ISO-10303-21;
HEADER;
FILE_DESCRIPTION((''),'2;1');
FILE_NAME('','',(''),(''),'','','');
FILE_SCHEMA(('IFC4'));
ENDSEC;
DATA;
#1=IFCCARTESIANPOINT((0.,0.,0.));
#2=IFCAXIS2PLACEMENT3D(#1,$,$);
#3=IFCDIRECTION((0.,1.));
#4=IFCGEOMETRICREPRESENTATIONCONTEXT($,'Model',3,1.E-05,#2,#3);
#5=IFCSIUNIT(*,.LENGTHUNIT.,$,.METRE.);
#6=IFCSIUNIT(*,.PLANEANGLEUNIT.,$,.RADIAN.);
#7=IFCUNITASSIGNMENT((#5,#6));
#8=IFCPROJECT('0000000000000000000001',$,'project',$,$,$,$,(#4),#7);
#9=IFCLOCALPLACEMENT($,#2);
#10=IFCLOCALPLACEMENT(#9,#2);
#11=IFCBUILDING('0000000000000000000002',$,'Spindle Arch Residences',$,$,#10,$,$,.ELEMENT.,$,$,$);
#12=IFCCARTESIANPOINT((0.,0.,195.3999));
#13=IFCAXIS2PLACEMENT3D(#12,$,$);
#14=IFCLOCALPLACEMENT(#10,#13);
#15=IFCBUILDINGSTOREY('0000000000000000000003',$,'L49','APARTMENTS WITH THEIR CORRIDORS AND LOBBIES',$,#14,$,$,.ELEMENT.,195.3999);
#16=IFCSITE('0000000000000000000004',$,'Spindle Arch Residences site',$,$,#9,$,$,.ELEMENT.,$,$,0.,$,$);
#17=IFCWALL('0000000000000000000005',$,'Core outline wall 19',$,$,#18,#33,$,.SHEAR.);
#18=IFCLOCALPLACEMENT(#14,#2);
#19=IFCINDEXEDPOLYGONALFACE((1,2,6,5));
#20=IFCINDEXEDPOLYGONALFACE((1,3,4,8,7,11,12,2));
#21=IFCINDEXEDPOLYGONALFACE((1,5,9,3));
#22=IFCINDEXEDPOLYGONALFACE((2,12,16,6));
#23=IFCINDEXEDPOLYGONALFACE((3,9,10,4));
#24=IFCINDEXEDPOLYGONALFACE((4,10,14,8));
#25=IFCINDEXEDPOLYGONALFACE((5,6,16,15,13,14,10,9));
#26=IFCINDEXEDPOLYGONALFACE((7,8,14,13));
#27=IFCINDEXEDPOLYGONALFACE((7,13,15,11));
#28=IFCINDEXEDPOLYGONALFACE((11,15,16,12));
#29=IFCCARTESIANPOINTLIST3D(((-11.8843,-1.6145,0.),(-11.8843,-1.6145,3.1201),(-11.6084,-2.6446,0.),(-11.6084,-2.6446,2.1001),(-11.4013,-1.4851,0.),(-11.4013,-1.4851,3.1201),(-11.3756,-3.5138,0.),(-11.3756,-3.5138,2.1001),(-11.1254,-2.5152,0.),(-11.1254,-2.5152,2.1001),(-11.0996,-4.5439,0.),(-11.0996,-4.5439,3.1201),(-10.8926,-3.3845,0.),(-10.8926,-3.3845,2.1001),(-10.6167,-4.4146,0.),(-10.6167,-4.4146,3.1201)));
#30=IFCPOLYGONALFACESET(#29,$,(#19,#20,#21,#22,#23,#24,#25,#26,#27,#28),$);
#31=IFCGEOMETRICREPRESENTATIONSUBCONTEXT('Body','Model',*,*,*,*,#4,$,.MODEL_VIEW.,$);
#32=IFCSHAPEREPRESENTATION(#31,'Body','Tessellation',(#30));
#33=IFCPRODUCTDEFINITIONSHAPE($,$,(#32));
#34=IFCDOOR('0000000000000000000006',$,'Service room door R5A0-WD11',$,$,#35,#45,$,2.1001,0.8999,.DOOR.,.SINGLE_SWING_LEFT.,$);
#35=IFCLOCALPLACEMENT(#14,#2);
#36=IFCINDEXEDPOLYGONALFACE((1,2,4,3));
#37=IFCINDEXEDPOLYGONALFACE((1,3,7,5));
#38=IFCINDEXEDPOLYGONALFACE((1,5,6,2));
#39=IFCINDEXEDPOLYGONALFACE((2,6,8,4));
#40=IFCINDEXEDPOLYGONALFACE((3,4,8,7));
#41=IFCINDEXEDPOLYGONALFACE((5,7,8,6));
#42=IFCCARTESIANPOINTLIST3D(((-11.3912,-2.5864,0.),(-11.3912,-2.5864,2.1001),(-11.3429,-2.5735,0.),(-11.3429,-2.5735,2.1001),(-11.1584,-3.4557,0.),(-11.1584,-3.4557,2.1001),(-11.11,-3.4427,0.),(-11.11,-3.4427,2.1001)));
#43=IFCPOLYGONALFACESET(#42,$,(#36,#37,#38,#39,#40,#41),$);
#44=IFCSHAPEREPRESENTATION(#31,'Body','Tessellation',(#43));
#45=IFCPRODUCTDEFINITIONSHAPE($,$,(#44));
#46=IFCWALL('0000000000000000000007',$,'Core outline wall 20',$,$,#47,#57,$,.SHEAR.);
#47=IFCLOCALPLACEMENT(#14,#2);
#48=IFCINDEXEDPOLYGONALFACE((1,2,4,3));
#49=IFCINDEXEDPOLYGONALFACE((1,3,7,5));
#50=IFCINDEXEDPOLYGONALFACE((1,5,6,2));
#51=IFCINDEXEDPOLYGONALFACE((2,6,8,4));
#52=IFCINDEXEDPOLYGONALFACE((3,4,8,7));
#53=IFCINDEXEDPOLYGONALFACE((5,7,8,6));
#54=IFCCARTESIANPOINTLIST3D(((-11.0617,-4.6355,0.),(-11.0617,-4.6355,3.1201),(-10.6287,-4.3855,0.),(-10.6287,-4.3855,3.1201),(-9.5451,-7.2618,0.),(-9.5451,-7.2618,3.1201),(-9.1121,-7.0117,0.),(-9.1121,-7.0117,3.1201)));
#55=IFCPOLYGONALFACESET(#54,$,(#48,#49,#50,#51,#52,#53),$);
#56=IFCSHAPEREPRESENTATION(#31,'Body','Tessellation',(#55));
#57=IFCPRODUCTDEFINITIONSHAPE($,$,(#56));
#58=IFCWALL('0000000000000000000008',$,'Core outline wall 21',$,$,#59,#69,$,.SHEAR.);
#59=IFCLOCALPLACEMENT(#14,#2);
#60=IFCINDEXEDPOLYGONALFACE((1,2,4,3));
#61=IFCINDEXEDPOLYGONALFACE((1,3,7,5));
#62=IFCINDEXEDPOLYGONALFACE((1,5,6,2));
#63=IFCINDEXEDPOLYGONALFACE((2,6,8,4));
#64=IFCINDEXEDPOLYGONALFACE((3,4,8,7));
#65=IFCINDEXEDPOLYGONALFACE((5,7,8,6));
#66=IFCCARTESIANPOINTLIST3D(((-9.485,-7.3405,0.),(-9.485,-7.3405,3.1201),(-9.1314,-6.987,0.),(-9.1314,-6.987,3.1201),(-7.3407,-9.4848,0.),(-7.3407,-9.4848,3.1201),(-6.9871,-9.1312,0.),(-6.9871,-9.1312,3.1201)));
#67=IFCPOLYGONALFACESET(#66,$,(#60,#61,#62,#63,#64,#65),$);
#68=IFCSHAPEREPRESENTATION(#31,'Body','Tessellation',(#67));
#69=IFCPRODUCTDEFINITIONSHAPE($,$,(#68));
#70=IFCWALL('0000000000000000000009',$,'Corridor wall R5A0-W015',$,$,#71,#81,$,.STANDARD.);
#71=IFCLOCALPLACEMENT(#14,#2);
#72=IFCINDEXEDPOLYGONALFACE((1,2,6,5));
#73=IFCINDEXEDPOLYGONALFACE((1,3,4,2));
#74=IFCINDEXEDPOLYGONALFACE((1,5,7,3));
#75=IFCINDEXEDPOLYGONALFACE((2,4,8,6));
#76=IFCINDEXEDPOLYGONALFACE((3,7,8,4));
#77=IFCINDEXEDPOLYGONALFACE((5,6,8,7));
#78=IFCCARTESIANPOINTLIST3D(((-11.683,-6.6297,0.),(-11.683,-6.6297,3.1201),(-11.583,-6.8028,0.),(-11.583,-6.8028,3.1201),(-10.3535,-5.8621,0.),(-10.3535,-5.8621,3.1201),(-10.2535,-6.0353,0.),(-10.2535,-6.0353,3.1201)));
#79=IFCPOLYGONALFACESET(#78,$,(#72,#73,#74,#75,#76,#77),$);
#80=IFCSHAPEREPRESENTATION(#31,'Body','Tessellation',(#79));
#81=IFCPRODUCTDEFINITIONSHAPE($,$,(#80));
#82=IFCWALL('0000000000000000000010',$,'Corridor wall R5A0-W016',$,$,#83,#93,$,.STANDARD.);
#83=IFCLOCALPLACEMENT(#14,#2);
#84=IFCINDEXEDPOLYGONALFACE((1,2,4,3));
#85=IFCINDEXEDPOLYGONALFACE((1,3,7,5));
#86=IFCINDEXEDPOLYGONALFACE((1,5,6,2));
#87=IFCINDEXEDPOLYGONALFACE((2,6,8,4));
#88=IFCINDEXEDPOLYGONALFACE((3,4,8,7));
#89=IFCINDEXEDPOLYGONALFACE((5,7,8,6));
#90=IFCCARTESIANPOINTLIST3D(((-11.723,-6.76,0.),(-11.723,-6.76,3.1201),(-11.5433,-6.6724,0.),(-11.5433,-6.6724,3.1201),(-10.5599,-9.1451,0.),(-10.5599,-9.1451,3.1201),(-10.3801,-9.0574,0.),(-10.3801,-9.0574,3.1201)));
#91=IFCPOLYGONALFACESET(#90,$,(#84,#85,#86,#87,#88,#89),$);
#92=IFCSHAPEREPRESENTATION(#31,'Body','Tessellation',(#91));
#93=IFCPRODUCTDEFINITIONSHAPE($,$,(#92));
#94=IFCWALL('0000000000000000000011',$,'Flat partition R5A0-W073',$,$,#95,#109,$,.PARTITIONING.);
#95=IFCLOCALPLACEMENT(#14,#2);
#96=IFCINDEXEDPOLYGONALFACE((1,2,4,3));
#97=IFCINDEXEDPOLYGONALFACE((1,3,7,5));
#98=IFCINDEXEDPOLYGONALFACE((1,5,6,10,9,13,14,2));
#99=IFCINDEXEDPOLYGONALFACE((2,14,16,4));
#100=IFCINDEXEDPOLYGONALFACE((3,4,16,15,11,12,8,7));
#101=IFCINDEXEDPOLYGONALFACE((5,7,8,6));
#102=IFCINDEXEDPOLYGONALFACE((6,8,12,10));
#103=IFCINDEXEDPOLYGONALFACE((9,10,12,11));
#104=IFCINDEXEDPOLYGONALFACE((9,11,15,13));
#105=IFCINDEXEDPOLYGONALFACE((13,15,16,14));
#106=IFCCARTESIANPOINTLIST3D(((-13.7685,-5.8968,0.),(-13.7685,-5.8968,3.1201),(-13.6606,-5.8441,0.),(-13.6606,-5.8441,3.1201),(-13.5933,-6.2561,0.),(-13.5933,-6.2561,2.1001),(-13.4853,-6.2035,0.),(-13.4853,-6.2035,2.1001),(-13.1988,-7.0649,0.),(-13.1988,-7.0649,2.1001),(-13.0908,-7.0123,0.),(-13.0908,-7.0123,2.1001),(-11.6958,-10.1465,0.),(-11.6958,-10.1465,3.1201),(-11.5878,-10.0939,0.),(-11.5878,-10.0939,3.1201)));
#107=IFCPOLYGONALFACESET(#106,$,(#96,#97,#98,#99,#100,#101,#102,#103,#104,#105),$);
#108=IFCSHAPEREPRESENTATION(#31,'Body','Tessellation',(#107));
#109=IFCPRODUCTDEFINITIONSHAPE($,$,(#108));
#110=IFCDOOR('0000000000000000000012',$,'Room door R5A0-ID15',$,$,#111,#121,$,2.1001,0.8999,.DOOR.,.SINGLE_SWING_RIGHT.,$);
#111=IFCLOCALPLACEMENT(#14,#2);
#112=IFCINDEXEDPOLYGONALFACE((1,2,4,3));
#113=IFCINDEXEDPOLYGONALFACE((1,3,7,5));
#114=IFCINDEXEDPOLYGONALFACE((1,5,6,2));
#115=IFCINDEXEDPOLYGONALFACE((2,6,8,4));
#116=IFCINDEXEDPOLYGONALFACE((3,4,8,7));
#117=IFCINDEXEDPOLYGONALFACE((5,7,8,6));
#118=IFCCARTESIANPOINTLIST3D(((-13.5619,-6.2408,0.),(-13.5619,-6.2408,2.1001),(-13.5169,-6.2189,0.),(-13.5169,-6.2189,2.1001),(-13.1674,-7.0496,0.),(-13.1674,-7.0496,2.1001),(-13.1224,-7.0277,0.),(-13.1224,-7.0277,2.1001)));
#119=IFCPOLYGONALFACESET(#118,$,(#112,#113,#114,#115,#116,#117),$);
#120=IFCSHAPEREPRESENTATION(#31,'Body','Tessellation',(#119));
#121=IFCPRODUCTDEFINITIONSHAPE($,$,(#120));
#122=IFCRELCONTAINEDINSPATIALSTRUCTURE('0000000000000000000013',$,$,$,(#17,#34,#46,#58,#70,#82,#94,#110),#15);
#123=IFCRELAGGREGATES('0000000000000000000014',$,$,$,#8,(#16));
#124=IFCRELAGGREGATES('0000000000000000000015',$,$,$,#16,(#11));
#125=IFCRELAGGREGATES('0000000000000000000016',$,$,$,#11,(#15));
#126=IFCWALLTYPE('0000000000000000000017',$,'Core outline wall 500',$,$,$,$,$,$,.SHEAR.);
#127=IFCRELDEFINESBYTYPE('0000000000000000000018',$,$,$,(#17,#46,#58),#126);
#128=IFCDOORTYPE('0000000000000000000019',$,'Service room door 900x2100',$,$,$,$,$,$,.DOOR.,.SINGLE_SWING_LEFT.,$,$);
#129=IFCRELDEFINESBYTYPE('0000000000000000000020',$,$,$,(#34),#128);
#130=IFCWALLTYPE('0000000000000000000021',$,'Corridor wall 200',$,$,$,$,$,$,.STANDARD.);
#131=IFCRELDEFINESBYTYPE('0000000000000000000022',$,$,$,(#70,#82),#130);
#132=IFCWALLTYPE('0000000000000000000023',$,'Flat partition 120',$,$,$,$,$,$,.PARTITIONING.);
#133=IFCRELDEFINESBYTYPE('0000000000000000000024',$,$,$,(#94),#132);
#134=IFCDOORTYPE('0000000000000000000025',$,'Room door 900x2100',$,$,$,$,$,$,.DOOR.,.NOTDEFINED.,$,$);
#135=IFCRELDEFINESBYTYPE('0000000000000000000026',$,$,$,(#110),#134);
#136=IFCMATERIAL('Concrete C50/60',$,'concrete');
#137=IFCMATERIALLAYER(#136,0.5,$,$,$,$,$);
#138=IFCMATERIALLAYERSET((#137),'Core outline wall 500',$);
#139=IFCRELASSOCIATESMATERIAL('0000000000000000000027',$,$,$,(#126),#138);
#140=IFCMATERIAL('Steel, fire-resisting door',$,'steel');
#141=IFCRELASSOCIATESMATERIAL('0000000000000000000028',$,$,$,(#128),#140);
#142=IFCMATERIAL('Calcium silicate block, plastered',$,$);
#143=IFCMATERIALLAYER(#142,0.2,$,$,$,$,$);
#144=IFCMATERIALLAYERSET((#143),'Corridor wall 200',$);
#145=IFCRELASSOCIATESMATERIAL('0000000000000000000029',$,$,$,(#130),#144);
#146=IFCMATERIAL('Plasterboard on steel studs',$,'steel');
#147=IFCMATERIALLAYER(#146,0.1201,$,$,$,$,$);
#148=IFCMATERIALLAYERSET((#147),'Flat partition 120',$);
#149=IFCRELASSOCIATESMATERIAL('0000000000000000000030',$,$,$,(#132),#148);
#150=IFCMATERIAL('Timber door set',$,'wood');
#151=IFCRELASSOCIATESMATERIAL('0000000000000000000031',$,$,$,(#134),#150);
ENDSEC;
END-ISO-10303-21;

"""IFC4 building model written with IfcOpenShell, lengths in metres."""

from ifc_helpers import new_model, si_unit, direction, frame, frame_2d, origin, place, context, subcontext, project, spatial, rectangle, extrude, material, layer, layer_set, type_object, element, fill, save


model = new_model("IFC4")

# Units and contexts
model_context = context("Model", 3, precision=1e-05, world=origin(), true_north=direction((0.0, 1.0)))
body_context = subcontext(model_context, "Body", "Model", "MODEL_VIEW")
ifc_project = project(units=[si_unit("LENGTHUNIT", "METRE"), si_unit("PLANEANGLEUNIT", "RADIAN")], contexts=[model_context])

# Site, building, storey
site_placement = place(None, origin())
site = spatial("IfcSite", under=ifc_project, at=site_placement, Name="Spindle Arch Residences site", CompositionType="ELEMENT", RefElevation=0.0)
building_placement = place(site_placement, origin())
building = spatial("IfcBuilding", under=site, at=building_placement, Name="Spindle Arch Residences", CompositionType="ELEMENT")
storey_placement = place(building_placement, frame((0.0, 0.0, 195.3999)))
storey = spatial("IfcBuildingStorey", under=building, at=storey_placement, Name="L49", Description="APARTMENTS WITH THEIR CORRIDORS AND LOBBIES", CompositionType="ELEMENT", Elevation=195.3999)

# Wall, opening, door
ifc_material_1 = material(Name="Concrete C50/60", Category="concrete")
ifc_layer_1 = layer(ifc_material_1, 0.5)
ifc_layer_set_1 = layer_set([ifc_layer_1], Name="Core outline wall 500")
wall_type_1 = type_object("IfcWallType", Name="Core outline wall 500", PredefinedType="SHEAR", material=ifc_layer_set_1)
wall_1_placement = place(storey_placement, frame((-11.6428, -1.5498, 0.0), z_axis=(0.0, 0.0, 1.0), x_axis=(0.258735, -0.965948, 0.0)))
wall_1 = element("IfcWall", 1, at=wall_1_placement, inside=storey, type_object=wall_type_1, Name="Core outline wall 19", PredefinedType="SHEAR", context=body_context, shape_type="SweptSolid", body=[
    extrude(rectangle(XDim=3.0327, YDim=0.5, at=frame_2d((1.5164, 0.0))), origin(), (0.0, 0.0, 1.0), 3.1201),
])
opening_1_placement = place(wall_1_placement, frame((1.0664, 0.0, 0.0)))
opening_1 = element("IfcOpeningElement", 2, at=opening_1_placement, cuts=wall_1, PredefinedType="OPENING", context=body_context, shape_type="SweptSolid", body=[
    extrude(rectangle(XDim=0.8999, YDim=2.1001, at=frame_2d((0.45, 1.05))), frame((0.0, 0.26, 0.0), z_axis=(0.0, -1.0, 0.0), x_axis=(1.0, 0.0, 0.0)), (0.0, 0.0, 1.0), 0.52),
])
ifc_material_2 = material(Name="Steel, fire-resisting door", Category="steel")
door_type_1 = type_object("IfcDoorType", Name="Service room door 900x2100", OperationType="SINGLE_SWING_LEFT", PredefinedType="DOOR", material=ifc_material_2)
door_1_placement = place(opening_1_placement, origin())
door_1 = element("IfcDoor", 3, at=door_1_placement, inside=storey, type_object=door_type_1, Name="Service room door R5A0-WD11", OperationType="SINGLE_SWING_LEFT", OverallHeight=2.1001, OverallWidth=0.8999, PredefinedType="DOOR", context=body_context, shape_type="SweptSolid", body=[
    extrude(rectangle(XDim=0.8999, YDim=2.1001, at=frame_2d((0.45, 1.05))), frame((0.0, 0.0249, 0.0), z_axis=(0.0, -1.0, 0.0), x_axis=(1.0, 0.0, 0.0)), (0.0, 0.0, 1.0), 0.05),
])
fill(opening_1, door_1)

# Walls
wall_2_placement = place(storey_placement, frame((-10.8452, -4.5105, 0.0), z_axis=(0.0, 0.0, 1.0), x_axis=(0.500087, -0.865975, 0.0)))
element("IfcWall", 4, at=wall_2_placement, inside=storey, type_object=wall_type_1, Name="Core outline wall 20", PredefinedType="SHEAR", context=body_context, shape_type="SweptSolid", body=[
    extrude(rectangle(XDim=3.0327, YDim=0.5, at=frame_2d((1.5164, 0.0))), origin(), (0.0, 0.0, 1.0), 3.1201),
])
wall_3_placement = place(storey_placement, frame((-9.3081, -7.1638, 0.0), z_axis=(0.0, 0.0, 1.0), x_axis=(0.707107, -0.707107, 0.0)))
element("IfcWall", 5, at=wall_3_placement, inside=storey, type_object=wall_type_1, Name="Core outline wall 21", PredefinedType="SHEAR", context=body_context, shape_type="SweptSolid", body=[
    extrude(rectangle(XDim=3.0325, YDim=0.5, at=frame_2d((1.5161, 0.0))), origin(), (0.0, 0.0, 1.0), 3.1201),
])
ifc_material_3 = material(Name="Calcium silicate block, plastered")
ifc_layer_2 = layer(ifc_material_3, 0.2)
ifc_layer_set_2 = layer_set([ifc_layer_2], Name="Corridor wall 200")
wall_type_2 = type_object("IfcWallType", Name="Corridor wall 200", PredefinedType="STANDARD", material=ifc_layer_set_2)
wall_4_placement = place(storey_placement, frame((-10.3035, -5.9487, 0.0), z_axis=(0.0, 0.0, 1.0), x_axis=(-0.866043, -0.49997, 0.0)))
element("IfcWall", 6, at=wall_4_placement, inside=storey, type_object=wall_type_2, Name="Corridor wall R5A0-W015", PredefinedType="STANDARD", context=body_context, shape_type="SweptSolid", body=[
    extrude(rectangle(XDim=1.5352, YDim=0.2, at=frame_2d((0.7676, 0.0))), origin(), (0.0, 0.0, 1.0), 3.1201),
])
wall_5_placement = place(storey_placement, frame((-11.6331, -6.7163, 0.0), z_axis=(0.0, 0.0, 1.0), x_axis=(0.438322, -0.898818, 0.0)))
element("IfcWall", 7, at=wall_5_placement, inside=storey, type_object=wall_type_2, Name="Corridor wall R5A0-W016", PredefinedType="STANDARD", context=body_context, shape_type="SweptSolid", body=[
    extrude(rectangle(XDim=2.6536, YDim=0.2, at=frame_2d((1.3267, 0.0))), origin(), (0.0, 0.0, 1.0), 3.1201),
])

# Wall, opening, door
ifc_material_4 = material(Name="Plasterboard on steel studs", Category="steel")
ifc_layer_3 = layer(ifc_material_4, 0.1201)
ifc_layer_set_3 = layer_set([ifc_layer_3], Name="Flat partition 120")
wall_type_3 = type_object("IfcWallType", Name="Flat partition 120", PredefinedType="PARTITIONING", material=ifc_layer_set_3)
wall_6_placement = place(storey_placement, frame((-13.7146, -5.8704, 0.0), z_axis=(0.0, 0.0, 1.0), x_axis=(0.438373, -0.898793, 0.0)))
wall_6 = element("IfcWall", 8, at=wall_6_placement, inside=storey, type_object=wall_type_3, Name="Flat partition R5A0-W073", PredefinedType="PARTITIONING", context=body_context, shape_type="SweptSolid", body=[
    extrude(rectangle(XDim=4.7283, YDim=0.1201, at=frame_2d((2.3643, 0.0))), origin(), (0.0, 0.0, 1.0), 3.1201),
])
opening_2_placement = place(wall_6_placement, frame((0.3999, 0.0, 0.0)))
opening_2 = element("IfcOpeningElement", 9, at=opening_2_placement, cuts=wall_6, PredefinedType="OPENING", context=body_context, shape_type="SweptSolid", body=[
    extrude(rectangle(XDim=0.8999, YDim=2.1001, at=frame_2d((0.45, 1.05))), frame((0.0, 0.0701, 0.0), z_axis=(0.0, -1.0, 0.0), x_axis=(1.0, 0.0, 0.0)), (0.0, 0.0, 1.0), 0.1401),
])
ifc_material_5 = material(Name="Timber door set", Category="wood")
door_type_2 = type_object("IfcDoorType", Name="Room door 900x2100", OperationType="NOTDEFINED", PredefinedType="DOOR", material=ifc_material_5)
door_2_placement = place(opening_2_placement, origin())
door_2 = element("IfcDoor", 10, at=door_2_placement, inside=storey, type_object=door_type_2, Name="Room door R5A0-ID15", OperationType="SINGLE_SWING_RIGHT", OverallHeight=2.1001, OverallWidth=0.8999, PredefinedType="DOOR", context=body_context, shape_type="SweptSolid", body=[
    extrude(rectangle(XDim=0.8999, YDim=2.1001, at=frame_2d((0.45, 1.05))), frame((0.0, 0.0249, 0.0), z_axis=(0.0, -1.0, 0.0), x_axis=(1.0, 0.0, 0.0)), (0.0, 0.0, 1.0), 0.05),
])
fill(opening_2, door_2)

save(model, "model.ifc")
